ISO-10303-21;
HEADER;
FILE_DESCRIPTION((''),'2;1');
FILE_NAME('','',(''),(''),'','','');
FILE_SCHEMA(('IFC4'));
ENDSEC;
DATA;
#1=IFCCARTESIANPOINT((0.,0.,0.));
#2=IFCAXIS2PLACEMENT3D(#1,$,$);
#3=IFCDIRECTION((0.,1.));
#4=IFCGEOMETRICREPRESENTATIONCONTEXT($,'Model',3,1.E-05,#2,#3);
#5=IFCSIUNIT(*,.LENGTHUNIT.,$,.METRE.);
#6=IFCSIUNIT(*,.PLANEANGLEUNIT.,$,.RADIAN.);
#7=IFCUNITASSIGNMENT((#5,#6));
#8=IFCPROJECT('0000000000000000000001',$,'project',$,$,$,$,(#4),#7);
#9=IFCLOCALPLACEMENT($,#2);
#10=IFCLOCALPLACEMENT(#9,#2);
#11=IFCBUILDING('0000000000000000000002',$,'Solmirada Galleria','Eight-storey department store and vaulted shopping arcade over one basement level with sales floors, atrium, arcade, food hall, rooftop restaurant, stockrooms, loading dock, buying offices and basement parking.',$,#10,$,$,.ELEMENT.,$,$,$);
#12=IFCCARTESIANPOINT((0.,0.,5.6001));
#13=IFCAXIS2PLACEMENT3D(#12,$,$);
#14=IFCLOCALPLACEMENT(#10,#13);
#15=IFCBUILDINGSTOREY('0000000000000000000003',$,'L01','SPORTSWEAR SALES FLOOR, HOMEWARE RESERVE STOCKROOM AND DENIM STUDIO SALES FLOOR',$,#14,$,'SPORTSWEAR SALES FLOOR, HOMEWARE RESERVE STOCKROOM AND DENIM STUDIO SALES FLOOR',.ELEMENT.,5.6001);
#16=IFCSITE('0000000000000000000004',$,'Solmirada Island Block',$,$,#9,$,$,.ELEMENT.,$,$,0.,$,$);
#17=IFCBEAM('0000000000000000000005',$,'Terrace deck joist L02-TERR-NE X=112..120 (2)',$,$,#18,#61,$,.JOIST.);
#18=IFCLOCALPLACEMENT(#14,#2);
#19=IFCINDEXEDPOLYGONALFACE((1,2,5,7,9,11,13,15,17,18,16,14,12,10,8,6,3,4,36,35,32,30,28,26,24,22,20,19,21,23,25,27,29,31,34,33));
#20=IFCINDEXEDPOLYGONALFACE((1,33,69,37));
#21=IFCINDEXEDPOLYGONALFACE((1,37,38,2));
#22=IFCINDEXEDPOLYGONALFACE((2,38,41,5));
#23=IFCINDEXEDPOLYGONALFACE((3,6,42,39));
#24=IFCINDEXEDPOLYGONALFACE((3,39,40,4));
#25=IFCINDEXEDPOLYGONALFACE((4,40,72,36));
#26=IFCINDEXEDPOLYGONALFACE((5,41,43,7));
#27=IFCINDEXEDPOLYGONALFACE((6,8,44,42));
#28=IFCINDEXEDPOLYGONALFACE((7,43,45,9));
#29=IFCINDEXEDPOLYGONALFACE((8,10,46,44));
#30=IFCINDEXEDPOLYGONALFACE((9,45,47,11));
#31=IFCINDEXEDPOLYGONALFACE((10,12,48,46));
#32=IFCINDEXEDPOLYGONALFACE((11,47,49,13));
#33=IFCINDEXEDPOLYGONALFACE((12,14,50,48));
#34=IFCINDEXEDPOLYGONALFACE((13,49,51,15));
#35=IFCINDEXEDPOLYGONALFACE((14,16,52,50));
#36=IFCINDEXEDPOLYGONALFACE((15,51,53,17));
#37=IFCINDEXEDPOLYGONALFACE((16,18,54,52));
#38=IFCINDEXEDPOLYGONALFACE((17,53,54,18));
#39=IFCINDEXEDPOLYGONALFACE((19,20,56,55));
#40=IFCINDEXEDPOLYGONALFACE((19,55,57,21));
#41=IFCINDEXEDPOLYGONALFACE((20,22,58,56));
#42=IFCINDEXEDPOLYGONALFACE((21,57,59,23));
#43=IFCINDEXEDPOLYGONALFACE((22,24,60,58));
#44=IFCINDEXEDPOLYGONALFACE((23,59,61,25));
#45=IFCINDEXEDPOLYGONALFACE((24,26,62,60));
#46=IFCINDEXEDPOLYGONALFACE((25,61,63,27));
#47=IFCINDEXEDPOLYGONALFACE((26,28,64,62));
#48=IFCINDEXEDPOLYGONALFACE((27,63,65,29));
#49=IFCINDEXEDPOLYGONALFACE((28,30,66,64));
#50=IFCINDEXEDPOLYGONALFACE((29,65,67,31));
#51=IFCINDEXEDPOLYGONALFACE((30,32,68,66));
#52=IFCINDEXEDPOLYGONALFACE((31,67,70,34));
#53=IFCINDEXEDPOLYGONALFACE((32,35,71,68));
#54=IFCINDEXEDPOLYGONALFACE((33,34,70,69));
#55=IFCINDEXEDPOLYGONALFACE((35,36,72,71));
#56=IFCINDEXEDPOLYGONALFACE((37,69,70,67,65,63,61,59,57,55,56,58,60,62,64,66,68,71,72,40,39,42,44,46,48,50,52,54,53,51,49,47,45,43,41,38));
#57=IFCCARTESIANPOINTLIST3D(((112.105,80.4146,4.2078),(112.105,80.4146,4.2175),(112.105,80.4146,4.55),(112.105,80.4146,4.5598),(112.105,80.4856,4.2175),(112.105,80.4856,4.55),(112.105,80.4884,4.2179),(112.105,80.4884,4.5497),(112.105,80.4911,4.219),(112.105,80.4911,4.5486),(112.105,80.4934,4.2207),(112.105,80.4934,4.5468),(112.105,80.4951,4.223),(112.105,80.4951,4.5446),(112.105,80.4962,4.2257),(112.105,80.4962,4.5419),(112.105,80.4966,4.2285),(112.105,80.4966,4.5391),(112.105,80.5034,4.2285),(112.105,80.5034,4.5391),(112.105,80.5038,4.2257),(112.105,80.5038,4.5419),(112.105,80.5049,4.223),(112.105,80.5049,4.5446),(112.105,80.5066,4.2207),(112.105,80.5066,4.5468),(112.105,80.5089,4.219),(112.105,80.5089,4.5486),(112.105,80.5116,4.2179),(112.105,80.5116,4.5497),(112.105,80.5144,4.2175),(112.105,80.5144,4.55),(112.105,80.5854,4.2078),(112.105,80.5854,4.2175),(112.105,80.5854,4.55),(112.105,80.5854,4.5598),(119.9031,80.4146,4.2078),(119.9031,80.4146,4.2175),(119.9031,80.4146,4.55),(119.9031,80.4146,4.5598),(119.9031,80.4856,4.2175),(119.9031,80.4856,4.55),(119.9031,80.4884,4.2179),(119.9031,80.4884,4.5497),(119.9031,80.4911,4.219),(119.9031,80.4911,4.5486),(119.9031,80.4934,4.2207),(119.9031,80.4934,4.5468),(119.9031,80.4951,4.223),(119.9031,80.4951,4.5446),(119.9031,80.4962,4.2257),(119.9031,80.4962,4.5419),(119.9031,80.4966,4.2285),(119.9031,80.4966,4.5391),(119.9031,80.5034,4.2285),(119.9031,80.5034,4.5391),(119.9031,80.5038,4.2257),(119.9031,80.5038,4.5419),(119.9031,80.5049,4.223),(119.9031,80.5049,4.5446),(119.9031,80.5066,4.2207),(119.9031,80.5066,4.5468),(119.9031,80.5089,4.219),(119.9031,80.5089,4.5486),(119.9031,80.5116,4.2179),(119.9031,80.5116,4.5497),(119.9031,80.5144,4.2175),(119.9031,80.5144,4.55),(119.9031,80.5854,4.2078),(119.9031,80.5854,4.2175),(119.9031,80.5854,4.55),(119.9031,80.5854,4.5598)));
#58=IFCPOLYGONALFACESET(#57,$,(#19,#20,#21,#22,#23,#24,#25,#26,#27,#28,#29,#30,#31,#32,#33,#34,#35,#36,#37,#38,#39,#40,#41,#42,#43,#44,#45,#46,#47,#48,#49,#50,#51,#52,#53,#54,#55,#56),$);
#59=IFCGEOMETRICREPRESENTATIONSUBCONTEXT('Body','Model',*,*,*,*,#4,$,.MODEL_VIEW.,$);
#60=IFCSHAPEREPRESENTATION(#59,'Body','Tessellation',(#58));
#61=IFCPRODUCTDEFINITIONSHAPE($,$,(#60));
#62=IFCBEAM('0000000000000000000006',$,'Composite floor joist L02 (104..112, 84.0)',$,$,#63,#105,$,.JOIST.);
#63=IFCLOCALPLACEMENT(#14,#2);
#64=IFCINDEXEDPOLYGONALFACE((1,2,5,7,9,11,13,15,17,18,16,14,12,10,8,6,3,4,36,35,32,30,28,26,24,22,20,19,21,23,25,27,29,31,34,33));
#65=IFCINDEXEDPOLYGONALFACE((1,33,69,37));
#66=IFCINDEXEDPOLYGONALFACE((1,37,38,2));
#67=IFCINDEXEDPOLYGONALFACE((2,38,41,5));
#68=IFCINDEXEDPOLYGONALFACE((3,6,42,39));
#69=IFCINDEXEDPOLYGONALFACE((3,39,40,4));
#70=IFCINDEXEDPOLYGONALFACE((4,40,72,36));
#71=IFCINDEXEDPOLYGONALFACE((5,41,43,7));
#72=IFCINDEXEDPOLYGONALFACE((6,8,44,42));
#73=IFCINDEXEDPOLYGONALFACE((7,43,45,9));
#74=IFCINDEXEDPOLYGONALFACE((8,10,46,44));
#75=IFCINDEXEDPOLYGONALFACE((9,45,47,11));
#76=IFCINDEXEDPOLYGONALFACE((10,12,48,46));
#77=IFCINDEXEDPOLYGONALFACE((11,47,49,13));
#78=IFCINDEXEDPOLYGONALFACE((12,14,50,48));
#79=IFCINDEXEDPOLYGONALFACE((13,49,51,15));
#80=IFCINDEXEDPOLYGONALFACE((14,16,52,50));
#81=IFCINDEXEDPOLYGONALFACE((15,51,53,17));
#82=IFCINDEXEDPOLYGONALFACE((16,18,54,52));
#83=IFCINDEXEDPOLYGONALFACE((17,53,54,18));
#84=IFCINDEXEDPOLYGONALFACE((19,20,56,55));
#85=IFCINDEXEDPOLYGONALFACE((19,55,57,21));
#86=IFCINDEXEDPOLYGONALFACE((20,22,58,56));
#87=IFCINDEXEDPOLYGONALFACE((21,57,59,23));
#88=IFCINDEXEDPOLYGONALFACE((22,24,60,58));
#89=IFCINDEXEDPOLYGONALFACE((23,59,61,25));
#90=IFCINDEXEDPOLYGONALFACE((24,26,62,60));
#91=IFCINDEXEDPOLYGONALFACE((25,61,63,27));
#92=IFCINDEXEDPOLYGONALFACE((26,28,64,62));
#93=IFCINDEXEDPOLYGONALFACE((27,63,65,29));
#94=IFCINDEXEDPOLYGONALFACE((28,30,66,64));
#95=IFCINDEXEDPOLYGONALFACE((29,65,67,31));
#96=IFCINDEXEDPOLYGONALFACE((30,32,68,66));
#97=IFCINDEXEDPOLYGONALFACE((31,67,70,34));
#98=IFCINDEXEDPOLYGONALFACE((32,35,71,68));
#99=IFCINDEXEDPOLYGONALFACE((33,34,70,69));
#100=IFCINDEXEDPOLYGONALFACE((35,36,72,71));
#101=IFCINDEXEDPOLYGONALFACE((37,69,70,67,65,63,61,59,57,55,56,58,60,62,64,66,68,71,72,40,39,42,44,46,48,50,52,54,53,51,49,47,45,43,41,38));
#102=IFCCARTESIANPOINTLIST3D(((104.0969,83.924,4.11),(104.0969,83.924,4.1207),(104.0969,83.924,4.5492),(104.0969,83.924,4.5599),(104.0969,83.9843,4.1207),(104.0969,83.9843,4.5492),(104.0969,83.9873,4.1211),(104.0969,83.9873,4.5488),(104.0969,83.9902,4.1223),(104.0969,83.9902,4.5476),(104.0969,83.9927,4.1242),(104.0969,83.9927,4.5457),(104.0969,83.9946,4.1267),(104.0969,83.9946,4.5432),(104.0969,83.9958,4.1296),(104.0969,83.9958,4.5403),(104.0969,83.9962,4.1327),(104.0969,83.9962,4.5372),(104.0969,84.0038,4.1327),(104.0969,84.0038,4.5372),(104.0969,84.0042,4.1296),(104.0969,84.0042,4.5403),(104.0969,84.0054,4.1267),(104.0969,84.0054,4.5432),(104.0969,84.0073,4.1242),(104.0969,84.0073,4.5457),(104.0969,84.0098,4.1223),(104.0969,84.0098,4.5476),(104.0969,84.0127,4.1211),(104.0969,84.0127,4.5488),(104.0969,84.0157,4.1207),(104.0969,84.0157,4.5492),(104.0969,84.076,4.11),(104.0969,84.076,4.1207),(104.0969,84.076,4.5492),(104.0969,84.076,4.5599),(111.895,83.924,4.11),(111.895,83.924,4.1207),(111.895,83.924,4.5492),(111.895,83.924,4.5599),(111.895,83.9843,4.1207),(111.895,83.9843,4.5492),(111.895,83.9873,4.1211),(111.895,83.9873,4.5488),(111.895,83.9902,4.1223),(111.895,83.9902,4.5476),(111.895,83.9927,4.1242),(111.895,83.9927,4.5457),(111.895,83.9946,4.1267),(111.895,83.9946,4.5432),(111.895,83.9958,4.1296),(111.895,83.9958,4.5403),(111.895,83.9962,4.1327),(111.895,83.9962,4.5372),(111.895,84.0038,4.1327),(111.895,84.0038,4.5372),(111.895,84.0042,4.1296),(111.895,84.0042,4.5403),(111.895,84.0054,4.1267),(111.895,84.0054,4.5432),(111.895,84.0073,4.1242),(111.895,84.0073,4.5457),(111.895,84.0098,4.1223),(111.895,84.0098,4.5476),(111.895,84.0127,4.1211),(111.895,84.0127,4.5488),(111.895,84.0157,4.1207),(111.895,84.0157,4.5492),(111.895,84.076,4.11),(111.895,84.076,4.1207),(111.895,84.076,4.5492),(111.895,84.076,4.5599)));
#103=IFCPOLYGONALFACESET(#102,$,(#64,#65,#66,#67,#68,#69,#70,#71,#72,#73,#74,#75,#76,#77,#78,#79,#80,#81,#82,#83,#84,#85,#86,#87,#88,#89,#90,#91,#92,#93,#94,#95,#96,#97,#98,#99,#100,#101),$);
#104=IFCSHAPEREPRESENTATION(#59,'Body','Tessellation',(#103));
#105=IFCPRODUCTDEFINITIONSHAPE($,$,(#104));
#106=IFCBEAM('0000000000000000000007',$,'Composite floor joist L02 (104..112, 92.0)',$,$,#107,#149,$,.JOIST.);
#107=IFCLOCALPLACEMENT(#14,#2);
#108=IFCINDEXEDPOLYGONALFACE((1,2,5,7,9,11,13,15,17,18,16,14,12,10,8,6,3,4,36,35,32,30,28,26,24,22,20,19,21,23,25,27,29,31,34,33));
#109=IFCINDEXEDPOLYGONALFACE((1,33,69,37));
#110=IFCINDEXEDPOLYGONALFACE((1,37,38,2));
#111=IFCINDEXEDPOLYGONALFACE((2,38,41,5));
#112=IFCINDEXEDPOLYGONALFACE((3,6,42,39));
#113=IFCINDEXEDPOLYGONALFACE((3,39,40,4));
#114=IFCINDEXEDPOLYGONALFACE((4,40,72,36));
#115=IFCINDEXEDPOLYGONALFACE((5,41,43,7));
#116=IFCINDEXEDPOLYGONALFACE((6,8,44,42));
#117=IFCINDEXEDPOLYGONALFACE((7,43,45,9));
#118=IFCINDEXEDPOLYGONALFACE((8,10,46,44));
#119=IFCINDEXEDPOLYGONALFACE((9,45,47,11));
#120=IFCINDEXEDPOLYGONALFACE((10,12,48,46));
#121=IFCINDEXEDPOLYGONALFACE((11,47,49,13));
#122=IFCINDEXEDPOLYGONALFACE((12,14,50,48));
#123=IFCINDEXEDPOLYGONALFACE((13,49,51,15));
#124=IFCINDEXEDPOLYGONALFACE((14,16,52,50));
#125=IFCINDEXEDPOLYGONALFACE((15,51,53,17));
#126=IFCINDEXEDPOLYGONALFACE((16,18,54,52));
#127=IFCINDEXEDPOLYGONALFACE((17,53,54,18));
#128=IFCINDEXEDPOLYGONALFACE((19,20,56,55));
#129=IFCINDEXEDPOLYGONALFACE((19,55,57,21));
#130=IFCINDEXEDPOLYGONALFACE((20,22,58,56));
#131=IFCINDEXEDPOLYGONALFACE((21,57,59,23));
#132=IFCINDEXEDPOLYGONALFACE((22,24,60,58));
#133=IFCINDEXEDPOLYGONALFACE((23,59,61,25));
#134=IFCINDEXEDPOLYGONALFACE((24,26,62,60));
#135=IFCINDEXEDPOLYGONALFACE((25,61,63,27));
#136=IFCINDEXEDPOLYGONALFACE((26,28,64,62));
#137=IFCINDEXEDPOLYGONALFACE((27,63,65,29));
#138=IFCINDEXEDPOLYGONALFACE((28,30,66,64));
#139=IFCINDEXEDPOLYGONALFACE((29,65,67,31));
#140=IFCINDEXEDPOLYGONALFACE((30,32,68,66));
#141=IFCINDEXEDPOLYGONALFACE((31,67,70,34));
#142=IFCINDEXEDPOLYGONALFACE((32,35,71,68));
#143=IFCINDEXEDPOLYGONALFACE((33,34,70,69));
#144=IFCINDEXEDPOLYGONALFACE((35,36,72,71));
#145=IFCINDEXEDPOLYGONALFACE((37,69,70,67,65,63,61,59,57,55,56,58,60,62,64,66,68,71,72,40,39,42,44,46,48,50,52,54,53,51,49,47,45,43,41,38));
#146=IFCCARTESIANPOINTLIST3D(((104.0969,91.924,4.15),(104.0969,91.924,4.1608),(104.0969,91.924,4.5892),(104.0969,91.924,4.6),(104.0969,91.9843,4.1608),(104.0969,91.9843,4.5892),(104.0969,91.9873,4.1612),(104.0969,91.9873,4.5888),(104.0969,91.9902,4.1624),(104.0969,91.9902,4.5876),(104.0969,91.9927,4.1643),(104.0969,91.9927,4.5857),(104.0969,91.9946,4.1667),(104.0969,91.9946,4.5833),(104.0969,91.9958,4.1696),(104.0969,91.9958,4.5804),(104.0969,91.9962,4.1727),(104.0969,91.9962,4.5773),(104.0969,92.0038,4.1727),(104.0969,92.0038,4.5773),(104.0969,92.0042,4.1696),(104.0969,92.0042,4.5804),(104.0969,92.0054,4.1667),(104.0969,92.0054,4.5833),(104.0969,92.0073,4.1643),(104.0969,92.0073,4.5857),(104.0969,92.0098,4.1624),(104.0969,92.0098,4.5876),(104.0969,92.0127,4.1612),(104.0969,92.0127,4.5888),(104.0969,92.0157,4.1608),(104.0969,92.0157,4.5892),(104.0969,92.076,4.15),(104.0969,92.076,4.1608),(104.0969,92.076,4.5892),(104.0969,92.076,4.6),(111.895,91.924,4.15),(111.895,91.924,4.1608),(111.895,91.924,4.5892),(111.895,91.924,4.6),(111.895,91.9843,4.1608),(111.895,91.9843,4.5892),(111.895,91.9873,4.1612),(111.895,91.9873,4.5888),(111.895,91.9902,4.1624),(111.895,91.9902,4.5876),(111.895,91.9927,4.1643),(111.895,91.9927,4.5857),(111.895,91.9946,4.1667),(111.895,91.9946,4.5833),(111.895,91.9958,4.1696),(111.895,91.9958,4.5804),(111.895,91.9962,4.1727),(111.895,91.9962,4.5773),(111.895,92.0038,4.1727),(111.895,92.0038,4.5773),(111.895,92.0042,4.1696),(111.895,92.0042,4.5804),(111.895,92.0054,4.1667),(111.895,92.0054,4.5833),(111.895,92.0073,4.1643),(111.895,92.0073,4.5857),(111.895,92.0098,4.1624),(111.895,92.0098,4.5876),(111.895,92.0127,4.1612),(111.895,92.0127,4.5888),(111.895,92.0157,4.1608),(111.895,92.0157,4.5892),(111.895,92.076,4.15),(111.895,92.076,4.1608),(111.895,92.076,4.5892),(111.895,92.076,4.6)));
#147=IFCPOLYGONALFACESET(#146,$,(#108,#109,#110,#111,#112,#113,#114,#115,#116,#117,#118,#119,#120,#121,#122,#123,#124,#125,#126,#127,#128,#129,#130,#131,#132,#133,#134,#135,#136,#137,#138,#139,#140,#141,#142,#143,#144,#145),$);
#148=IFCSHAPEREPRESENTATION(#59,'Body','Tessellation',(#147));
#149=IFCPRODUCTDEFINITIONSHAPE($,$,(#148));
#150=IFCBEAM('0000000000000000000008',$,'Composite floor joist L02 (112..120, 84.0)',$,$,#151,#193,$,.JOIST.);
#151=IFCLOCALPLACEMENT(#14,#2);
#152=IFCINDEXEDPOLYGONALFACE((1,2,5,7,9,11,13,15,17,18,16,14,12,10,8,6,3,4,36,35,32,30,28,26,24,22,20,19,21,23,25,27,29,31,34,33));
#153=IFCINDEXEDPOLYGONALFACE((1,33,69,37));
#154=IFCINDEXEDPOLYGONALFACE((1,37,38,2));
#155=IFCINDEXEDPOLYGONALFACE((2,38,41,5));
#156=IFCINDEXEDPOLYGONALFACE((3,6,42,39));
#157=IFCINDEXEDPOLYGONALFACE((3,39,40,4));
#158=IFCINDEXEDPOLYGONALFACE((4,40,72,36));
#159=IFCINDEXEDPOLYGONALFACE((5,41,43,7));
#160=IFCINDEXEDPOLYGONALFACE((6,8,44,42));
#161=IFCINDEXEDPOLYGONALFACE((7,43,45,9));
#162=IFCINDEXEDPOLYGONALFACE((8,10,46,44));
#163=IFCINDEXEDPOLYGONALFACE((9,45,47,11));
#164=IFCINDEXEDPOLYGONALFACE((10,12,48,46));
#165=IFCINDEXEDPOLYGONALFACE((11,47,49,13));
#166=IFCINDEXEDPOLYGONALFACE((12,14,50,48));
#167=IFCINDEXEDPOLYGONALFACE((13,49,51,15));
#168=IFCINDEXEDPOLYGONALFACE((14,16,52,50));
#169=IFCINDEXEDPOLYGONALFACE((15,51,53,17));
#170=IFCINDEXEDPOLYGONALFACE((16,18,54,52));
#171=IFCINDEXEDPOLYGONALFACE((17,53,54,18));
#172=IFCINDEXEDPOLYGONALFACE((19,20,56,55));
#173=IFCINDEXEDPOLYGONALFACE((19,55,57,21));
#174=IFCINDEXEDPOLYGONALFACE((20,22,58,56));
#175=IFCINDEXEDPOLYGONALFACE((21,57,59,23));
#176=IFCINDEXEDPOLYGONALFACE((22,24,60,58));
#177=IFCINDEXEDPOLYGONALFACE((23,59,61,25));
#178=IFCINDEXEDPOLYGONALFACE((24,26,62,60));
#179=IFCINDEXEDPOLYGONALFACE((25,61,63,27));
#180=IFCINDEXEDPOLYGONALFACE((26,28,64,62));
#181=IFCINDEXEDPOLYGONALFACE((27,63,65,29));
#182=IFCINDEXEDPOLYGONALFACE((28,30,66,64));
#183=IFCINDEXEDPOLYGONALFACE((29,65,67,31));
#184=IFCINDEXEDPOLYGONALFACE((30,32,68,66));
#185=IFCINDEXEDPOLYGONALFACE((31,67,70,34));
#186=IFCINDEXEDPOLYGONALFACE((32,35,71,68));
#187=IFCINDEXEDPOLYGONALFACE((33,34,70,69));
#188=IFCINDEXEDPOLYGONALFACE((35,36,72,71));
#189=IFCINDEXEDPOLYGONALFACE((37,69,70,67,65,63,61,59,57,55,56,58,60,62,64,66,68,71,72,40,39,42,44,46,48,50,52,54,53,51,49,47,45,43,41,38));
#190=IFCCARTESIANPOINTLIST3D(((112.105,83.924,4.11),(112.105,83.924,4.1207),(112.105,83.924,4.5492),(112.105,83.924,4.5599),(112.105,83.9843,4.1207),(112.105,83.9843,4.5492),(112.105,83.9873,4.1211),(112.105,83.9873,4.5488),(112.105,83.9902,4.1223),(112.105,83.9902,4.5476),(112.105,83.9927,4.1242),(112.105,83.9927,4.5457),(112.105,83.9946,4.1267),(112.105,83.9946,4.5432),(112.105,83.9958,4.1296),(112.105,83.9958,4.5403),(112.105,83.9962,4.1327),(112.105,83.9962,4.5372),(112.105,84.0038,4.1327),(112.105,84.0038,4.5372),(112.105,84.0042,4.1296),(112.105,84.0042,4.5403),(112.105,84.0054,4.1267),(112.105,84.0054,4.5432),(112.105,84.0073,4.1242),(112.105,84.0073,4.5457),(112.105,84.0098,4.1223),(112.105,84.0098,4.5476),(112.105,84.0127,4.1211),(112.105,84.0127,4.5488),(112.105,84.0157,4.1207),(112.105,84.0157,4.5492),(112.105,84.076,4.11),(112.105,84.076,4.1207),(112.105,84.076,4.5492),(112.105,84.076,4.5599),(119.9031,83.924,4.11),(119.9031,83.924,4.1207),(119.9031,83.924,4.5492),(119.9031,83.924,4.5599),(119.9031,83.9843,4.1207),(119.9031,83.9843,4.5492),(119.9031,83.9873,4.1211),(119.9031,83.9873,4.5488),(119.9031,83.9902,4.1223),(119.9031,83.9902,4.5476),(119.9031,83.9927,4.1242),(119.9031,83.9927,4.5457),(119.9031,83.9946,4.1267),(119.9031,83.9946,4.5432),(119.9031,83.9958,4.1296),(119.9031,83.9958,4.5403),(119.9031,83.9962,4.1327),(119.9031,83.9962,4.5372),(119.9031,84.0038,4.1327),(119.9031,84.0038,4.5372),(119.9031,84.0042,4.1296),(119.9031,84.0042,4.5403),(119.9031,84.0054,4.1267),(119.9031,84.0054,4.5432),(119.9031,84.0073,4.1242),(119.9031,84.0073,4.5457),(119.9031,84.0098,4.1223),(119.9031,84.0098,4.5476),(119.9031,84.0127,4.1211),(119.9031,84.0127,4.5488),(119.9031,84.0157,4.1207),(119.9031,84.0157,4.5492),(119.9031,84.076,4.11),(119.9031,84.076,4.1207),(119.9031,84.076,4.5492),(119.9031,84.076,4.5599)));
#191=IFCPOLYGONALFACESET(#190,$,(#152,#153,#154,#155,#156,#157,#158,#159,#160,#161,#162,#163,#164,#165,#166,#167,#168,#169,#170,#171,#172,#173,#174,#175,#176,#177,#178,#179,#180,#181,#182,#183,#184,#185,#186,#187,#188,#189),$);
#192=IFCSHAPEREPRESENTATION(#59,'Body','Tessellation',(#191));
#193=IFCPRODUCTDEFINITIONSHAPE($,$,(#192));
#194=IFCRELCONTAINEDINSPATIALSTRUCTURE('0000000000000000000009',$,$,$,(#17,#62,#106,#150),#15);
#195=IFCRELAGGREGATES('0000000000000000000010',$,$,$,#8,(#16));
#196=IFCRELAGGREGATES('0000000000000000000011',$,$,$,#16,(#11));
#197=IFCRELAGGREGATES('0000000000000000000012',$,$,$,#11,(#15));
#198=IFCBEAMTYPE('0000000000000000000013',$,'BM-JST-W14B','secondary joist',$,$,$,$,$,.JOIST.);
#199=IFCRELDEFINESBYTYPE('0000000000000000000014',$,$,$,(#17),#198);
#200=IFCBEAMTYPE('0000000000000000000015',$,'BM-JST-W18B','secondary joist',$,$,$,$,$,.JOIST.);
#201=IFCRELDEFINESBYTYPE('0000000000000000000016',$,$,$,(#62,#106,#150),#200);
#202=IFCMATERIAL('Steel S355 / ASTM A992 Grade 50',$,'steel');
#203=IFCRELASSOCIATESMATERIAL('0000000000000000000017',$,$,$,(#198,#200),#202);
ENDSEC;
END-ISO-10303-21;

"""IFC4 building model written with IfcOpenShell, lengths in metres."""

from ifc_helpers import new_model, si_unit, direction, frame, origin, origin_2d, place, context, subcontext, project, spatial, i_section, extrude, material, material_profile, profile_set, type_object, element, save


model = new_model("IFC4")

# Units and contexts
model_context = context("Model", 3, precision=1e-05, world=origin(), true_north=direction((0.0, 1.0)))
body_context = subcontext(model_context, "Body", "Model", "MODEL_VIEW")
ifc_project = project(units=[si_unit("LENGTHUNIT", "METRE"), si_unit("PLANEANGLEUNIT", "RADIAN")], contexts=[model_context])

# Site, building, storey
site_placement = place(None, origin())
site = spatial("IfcSite", under=ifc_project, at=site_placement, Name="Solmirada Island Block", CompositionType="ELEMENT", RefElevation=0.0)
building_placement = place(site_placement, origin())
building = spatial("IfcBuilding", under=site, at=building_placement, Name="Solmirada Galleria", Description="Eight-storey department store and vaulted shopping arcade over one basement level with sales floors, atrium, arcade, food hall, rooftop restaurant, stockrooms, loading dock, buying offices and basement parking.", CompositionType="ELEMENT")
storey_placement = place(building_placement, frame((0.0, 0.0, 5.6001)))
storey = spatial("IfcBuildingStorey", under=building, at=storey_placement, Name="L01", Description="SPORTSWEAR SALES FLOOR, HOMEWARE RESERVE STOCKROOM AND DENIM STUDIO SALES FLOOR", LongName="SPORTSWEAR SALES FLOOR, HOMEWARE RESERVE STOCKROOM AND DENIM STUDIO SALES FLOOR", CompositionType="ELEMENT", Elevation=5.6001)

# Beams
ifc_material_1 = material(Name="Steel S355 / ASTM A992 Grade 50", Category="steel")
ifc_material_profile_1 = material_profile(ifc_material_1, i_section(OverallWidth=0.1709, OverallDepth=0.3521, WebThickness=0.0068, FlangeThickness=0.0098, FilletRadius=0.011, at=origin_2d()), Name="W14X30")
ifc_profile_set_1 = profile_set([ifc_material_profile_1], Name="Steel S355 / ASTM A992 Grade 50")
beam_type_1 = type_object("IfcBeamType", Name="BM-JST-W14B", Description="secondary joist", PredefinedType="JOIST", material=ifc_profile_set_1)
for number, where, z_axis, x_axis, name in (
    (1, (112.105, 80.5, 4.3838), (1.0, 0.0, 0.0), (0.0, 1.0, 0.0), "Terrace deck joist L02-TERR-NE X=112..120 (2)"),
):
    element("IfcBeam", number, at=place(storey_placement, frame(where, z_axis=z_axis, x_axis=x_axis)), inside=storey, type_object=beam_type_1, Name=name, PredefinedType="JOIST", context=body_context, shape_type="SweptSolid", body=[
        extrude(i_section(OverallWidth=0.1709, OverallDepth=0.3521, WebThickness=0.0068, FlangeThickness=0.0098, FilletRadius=0.011, at=origin_2d()), origin(), (0.0, 0.0, 1.0), 7.7981),
    ])
ifc_material_profile_2 = material_profile(ifc_material_1, i_section(OverallWidth=0.1521, OverallDepth=0.45, WebThickness=0.0076, FlangeThickness=0.0107, FilletRadius=0.012, at=origin_2d()), Name="W18X35")
ifc_profile_set_2 = profile_set([ifc_material_profile_2], Name="Steel S355 / ASTM A992 Grade 50")
beam_type_2 = type_object("IfcBeamType", Name="BM-JST-W18B", Description="secondary joist", PredefinedType="JOIST", material=ifc_profile_set_2)
for number, where, z_axis, x_axis, name in (
    (2, (104.0969, 84.0, 4.335), (1.0, 0.0, 0.0), (0.0, 1.0, 0.0), "Composite floor joist L02 (104..112, 84.0)"),
    (3, (104.0969, 92.0, 4.375), (1.0, 0.0, 0.0), (0.0, 1.0, 0.0), "Composite floor joist L02 (104..112, 92.0)"),
    (4, (112.105, 84.0, 4.335), (1.0, 0.0, 0.0), (0.0, 1.0, 0.0), "Composite floor joist L02 (112..120, 84.0)"),
):
    element("IfcBeam", number, at=place(storey_placement, frame(where, z_axis=z_axis, x_axis=x_axis)), inside=storey, type_object=beam_type_2, Name=name, PredefinedType="JOIST", context=body_context, shape_type="SweptSolid", body=[
        extrude(i_section(OverallWidth=0.1521, OverallDepth=0.45, WebThickness=0.0076, FlangeThickness=0.0107, FilletRadius=0.012, at=origin_2d()), origin(), (0.0, 0.0, 1.0), 7.7981),
    ])

save(model, "model.ifc")
